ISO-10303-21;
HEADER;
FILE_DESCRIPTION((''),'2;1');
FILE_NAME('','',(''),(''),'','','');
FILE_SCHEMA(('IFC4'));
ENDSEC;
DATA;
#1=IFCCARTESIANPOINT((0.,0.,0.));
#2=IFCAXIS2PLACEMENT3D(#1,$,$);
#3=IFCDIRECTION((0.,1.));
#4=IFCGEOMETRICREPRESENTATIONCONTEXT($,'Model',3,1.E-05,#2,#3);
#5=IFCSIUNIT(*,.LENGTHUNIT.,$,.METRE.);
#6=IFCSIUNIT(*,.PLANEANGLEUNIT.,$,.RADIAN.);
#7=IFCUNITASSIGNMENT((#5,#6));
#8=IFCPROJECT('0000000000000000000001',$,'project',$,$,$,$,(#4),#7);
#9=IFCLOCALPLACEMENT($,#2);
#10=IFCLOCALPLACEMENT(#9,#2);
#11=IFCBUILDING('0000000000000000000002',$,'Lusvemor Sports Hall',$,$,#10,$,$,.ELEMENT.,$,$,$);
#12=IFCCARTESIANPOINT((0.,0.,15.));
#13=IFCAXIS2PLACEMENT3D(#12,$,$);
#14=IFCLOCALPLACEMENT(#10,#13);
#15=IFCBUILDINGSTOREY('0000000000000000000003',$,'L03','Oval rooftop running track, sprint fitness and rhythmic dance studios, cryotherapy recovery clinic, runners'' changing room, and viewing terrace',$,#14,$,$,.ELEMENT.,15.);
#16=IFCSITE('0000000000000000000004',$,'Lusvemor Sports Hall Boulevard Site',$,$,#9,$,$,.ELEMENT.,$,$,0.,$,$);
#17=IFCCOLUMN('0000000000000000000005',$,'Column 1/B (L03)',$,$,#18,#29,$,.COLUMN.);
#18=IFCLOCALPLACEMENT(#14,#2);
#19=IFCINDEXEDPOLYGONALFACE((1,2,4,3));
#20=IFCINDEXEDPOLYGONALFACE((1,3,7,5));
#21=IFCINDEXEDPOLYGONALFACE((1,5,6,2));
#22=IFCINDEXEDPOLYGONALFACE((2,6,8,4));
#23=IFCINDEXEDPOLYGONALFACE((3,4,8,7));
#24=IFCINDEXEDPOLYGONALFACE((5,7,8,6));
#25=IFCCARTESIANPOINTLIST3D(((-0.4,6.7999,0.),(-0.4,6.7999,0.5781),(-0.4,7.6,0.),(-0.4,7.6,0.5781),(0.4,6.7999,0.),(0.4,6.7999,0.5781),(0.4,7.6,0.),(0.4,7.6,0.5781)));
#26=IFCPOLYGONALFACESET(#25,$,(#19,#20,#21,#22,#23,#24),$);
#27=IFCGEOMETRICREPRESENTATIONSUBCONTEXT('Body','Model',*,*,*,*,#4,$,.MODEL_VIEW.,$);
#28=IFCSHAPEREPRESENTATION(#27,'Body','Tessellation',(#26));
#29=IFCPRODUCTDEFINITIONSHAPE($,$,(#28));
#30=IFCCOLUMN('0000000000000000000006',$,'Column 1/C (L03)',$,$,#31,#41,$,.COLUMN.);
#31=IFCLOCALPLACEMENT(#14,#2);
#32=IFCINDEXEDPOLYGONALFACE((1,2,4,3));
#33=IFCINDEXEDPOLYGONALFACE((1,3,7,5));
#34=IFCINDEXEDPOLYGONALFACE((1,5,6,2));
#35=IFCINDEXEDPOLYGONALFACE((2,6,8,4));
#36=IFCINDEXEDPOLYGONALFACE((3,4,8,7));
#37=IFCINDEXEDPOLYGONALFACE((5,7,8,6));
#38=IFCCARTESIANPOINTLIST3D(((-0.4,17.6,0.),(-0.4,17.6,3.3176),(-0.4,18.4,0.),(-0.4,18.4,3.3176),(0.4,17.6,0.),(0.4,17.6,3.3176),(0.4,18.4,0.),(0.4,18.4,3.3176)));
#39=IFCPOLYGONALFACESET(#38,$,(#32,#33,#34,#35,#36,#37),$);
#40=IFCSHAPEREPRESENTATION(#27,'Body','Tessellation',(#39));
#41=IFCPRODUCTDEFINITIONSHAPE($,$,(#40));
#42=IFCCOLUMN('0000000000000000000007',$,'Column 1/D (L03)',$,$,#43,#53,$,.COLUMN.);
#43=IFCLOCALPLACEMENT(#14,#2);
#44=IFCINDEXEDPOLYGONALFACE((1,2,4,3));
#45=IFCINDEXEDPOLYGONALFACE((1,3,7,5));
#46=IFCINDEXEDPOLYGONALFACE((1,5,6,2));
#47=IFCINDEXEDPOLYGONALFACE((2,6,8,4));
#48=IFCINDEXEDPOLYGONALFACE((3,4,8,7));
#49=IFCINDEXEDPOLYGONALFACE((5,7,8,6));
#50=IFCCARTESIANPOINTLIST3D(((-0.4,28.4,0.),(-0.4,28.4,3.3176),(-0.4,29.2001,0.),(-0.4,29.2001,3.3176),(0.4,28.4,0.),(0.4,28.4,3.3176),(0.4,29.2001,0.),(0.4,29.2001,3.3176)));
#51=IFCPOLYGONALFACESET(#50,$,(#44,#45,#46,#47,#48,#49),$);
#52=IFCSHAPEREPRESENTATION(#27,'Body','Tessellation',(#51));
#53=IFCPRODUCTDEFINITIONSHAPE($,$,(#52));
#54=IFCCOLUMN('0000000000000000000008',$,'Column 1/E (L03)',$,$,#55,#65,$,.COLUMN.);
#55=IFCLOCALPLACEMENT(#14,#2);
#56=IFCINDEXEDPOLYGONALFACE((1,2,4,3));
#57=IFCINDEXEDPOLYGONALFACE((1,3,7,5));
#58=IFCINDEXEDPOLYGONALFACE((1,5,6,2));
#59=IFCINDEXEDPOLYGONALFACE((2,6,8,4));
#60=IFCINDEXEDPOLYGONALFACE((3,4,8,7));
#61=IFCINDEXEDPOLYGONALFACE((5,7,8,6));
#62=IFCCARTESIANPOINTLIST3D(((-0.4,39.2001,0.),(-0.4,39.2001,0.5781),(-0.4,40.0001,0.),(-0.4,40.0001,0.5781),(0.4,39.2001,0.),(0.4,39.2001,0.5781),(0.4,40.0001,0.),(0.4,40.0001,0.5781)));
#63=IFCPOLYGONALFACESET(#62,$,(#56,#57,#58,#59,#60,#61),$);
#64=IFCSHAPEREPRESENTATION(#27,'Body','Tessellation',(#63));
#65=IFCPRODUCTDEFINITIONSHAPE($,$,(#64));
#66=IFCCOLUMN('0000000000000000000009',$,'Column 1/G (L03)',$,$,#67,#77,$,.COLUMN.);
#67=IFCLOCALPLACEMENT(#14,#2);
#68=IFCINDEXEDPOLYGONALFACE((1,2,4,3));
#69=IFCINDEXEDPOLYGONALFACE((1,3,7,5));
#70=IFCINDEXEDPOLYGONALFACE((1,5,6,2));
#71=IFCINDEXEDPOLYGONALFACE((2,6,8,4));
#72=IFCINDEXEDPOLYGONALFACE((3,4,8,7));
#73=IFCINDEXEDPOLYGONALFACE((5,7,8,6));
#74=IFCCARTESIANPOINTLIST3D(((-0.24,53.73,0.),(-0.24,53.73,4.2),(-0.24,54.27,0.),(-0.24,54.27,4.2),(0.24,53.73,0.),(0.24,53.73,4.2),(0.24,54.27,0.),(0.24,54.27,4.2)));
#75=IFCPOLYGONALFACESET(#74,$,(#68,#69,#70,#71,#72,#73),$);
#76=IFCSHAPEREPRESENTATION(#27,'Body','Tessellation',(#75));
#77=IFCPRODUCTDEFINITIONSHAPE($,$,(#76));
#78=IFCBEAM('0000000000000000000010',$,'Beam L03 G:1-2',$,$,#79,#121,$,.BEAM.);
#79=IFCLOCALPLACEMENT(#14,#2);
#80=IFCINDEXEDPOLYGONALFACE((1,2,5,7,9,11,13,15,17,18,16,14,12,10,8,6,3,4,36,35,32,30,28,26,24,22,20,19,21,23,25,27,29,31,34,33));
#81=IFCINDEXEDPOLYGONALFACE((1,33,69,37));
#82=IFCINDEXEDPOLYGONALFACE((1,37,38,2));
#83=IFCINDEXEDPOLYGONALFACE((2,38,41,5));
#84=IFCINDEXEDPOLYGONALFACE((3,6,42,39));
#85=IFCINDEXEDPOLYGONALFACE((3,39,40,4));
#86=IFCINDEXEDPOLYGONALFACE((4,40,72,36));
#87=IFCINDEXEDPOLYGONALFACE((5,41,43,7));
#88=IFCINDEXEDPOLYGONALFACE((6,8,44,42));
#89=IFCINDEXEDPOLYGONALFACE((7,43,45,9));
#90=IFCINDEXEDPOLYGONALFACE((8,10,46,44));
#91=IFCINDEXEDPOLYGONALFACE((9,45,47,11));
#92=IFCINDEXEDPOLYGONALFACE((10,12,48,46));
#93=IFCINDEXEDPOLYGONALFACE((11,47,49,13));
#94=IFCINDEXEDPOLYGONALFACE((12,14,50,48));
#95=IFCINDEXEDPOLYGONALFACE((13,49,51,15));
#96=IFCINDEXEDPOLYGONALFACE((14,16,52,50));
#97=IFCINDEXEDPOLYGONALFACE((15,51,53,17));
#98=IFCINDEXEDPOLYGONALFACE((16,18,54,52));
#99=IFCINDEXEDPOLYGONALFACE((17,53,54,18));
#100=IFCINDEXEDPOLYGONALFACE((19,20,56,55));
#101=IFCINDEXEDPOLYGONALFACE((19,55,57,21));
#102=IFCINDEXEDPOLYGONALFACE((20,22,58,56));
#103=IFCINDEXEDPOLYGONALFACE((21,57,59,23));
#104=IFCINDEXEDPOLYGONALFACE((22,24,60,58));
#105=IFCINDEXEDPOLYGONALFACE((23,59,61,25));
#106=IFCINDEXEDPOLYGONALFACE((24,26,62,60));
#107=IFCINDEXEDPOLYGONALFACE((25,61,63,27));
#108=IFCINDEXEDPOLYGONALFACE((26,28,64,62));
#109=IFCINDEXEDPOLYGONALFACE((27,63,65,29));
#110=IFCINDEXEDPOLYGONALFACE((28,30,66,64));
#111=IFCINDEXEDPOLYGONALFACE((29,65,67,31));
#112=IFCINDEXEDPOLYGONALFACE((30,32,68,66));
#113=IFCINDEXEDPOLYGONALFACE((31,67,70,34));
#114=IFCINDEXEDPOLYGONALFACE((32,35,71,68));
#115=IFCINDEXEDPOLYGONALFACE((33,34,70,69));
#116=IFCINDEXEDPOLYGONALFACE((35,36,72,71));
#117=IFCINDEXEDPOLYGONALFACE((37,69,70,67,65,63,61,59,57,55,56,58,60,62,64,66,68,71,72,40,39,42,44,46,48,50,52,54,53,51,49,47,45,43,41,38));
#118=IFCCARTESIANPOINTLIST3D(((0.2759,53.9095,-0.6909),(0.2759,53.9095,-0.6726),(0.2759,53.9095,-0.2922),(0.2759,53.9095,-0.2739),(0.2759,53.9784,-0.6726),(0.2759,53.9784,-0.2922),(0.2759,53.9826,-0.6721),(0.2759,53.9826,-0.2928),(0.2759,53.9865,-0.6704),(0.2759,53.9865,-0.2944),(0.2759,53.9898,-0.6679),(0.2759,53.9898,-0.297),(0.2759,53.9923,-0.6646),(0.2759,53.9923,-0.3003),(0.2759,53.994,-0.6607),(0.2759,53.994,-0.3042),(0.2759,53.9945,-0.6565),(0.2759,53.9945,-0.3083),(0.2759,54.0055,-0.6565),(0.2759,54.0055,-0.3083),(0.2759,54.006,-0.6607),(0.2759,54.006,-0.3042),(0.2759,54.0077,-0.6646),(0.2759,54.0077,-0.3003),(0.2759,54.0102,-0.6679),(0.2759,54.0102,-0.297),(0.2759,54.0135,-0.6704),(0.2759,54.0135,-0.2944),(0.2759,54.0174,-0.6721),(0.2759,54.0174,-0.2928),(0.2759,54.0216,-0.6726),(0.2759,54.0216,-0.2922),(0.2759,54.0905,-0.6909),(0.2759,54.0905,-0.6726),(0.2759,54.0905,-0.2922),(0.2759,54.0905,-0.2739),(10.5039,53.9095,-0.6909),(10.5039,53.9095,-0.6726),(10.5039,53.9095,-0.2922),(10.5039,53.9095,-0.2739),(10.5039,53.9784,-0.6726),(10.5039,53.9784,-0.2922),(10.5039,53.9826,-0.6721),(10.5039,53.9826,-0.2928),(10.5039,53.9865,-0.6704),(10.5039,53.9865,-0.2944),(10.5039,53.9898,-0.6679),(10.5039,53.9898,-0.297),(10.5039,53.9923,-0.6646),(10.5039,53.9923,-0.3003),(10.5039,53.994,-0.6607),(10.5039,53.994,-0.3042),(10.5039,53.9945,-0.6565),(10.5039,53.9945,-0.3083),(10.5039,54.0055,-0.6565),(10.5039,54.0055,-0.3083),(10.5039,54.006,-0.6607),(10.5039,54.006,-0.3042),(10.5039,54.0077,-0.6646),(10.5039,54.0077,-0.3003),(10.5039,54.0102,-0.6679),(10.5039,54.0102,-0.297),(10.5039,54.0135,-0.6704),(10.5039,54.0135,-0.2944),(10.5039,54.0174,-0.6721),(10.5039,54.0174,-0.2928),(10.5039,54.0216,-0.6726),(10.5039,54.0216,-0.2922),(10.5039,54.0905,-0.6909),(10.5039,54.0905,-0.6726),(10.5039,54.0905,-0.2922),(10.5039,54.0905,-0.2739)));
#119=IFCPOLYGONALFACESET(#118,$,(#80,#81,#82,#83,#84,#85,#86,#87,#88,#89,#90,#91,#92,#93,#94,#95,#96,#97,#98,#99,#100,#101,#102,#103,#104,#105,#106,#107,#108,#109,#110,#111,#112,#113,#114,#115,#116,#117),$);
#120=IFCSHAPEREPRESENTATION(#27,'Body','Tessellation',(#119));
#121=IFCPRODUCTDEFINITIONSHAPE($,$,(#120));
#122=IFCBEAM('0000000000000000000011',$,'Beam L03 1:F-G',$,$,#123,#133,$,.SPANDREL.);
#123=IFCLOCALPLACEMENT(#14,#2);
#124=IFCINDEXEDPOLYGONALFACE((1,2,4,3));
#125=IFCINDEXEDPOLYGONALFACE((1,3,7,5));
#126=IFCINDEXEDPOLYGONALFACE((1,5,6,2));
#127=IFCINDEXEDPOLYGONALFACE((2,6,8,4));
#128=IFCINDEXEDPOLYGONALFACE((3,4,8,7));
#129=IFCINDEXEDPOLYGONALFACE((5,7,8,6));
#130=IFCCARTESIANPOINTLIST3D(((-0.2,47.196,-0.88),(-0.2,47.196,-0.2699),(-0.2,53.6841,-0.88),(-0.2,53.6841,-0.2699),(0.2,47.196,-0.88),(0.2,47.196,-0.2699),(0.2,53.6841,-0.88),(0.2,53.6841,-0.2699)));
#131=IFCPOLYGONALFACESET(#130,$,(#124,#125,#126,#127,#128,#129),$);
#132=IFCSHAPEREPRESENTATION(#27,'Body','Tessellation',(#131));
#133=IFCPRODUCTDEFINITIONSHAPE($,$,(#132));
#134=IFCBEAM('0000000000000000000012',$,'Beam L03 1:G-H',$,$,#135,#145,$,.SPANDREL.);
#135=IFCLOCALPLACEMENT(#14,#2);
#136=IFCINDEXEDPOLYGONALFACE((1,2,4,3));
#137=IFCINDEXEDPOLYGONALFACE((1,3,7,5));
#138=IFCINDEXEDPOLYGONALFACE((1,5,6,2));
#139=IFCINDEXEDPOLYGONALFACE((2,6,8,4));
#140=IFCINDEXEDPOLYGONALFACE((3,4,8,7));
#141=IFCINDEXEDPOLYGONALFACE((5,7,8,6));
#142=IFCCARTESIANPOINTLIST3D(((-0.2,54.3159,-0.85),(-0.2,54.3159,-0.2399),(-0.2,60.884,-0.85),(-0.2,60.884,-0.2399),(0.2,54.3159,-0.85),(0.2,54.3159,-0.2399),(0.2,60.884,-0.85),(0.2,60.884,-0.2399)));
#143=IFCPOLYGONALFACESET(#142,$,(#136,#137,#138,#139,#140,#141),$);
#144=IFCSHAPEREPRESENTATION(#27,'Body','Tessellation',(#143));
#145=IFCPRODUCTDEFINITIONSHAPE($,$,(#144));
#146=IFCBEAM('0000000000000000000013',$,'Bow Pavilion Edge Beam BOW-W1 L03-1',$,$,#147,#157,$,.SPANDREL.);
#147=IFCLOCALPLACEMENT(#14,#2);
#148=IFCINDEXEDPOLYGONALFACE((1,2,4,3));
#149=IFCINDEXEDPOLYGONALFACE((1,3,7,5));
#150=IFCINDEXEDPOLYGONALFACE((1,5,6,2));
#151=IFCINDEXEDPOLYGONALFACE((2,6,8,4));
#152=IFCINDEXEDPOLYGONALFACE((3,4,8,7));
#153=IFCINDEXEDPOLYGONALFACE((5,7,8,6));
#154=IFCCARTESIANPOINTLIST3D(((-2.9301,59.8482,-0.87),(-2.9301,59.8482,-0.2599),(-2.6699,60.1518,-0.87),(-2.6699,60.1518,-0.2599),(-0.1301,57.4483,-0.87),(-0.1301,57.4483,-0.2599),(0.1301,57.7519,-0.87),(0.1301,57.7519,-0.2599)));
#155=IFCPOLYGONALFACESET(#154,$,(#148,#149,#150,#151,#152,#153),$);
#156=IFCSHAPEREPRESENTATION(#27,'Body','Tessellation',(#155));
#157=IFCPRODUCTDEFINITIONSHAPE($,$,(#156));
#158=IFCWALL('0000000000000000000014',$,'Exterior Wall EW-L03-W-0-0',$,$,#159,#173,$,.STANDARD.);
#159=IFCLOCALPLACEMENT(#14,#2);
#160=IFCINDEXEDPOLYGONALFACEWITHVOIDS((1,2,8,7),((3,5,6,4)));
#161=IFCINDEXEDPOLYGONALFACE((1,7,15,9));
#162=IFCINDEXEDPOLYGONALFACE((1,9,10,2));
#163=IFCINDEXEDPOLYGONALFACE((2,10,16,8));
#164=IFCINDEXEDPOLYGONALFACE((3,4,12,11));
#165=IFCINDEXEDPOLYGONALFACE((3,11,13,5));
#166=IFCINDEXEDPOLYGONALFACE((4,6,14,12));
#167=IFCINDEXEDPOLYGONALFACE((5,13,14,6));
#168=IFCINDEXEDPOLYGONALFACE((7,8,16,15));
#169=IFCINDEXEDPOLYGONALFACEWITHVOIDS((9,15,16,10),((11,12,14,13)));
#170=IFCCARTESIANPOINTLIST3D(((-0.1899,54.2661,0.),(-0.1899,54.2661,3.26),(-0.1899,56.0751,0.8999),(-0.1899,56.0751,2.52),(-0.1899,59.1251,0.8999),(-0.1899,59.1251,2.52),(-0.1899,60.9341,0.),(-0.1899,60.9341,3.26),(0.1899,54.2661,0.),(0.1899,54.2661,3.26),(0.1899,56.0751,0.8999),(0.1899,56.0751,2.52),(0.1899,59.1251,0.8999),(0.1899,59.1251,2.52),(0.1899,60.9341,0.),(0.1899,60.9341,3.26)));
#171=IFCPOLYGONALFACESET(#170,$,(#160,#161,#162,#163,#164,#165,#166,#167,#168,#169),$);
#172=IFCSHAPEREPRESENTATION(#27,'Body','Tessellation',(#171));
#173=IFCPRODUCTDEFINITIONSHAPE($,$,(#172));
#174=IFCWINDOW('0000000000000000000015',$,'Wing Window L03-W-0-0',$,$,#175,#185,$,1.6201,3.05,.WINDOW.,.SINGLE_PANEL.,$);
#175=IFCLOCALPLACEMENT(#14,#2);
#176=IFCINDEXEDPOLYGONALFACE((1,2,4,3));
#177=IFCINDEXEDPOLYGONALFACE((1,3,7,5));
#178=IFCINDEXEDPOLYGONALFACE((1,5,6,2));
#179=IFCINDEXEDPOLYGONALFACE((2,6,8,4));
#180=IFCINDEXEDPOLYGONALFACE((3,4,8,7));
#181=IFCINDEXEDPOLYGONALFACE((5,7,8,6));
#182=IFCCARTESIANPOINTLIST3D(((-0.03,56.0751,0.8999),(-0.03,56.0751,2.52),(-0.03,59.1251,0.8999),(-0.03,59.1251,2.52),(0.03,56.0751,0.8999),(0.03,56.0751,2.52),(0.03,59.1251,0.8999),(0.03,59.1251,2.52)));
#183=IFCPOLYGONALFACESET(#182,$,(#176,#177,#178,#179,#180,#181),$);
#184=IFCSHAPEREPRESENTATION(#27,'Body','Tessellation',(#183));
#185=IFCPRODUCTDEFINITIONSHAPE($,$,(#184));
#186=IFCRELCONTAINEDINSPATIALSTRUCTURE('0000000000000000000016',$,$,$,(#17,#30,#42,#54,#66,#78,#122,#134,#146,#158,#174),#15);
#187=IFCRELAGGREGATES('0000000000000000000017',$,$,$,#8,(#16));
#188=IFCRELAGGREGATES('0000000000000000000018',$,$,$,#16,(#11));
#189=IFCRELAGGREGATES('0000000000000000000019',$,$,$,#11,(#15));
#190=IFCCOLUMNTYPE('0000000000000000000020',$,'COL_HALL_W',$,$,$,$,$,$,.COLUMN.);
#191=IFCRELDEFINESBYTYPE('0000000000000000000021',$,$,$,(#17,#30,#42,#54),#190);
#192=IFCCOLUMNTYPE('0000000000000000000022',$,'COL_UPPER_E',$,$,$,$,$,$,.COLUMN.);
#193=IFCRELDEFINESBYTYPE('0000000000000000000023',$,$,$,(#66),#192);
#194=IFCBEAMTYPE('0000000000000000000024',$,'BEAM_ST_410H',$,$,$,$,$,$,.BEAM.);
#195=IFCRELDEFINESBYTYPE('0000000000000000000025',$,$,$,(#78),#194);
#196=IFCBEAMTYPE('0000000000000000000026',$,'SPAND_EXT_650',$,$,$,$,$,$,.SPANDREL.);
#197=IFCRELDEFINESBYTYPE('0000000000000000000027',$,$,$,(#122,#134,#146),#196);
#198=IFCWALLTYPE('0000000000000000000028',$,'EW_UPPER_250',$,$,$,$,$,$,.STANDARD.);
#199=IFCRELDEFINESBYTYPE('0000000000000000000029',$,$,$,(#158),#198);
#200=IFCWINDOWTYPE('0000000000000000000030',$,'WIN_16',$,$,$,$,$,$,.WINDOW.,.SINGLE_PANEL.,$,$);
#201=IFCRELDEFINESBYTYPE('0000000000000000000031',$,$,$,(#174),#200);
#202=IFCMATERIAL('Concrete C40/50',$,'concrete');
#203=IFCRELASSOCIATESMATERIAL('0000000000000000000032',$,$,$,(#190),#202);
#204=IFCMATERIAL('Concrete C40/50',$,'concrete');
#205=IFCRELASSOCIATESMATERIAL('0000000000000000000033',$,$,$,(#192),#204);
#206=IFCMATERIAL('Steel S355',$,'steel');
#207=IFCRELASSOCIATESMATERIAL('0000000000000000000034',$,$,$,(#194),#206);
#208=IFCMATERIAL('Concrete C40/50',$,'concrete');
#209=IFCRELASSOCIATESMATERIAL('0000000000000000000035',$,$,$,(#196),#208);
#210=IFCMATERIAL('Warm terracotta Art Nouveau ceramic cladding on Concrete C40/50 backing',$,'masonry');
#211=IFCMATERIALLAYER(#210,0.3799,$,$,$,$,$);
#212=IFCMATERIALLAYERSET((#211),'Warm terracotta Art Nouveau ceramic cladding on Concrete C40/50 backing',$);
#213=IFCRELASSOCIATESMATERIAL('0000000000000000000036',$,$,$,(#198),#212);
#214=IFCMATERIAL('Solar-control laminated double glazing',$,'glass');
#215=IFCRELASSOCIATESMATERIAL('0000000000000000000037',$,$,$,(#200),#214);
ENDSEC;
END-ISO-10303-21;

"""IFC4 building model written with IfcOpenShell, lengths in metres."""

from ifc_helpers import new_model, si_unit, direction, frame, frame_2d, origin, origin_2d, place, context, subcontext, project, spatial, rectangle, i_section, extrude, material, layer, layer_set, material_profile, profile_set, type_object, element, fill, save


model = new_model("IFC4")

# Units and contexts
model_context = context("Model", 3, precision=1e-05, world=origin(), true_north=direction((0.0, 1.0)))
body_context = subcontext(model_context, "Body", "Model", "MODEL_VIEW")
ifc_project = project(units=[si_unit("LENGTHUNIT", "METRE"), si_unit("PLANEANGLEUNIT", "RADIAN")], contexts=[model_context])

# Site, building, storey
site_placement = place(None, origin())
site = spatial("IfcSite", under=ifc_project, at=site_placement, Name="Lusvemor Sports Hall Boulevard Site", CompositionType="ELEMENT", RefElevation=0.0)
building_placement = place(site_placement, origin())
building = spatial("IfcBuilding", under=site, at=building_placement, Name="Lusvemor Sports Hall", CompositionType="ELEMENT")
storey_placement = place(building_placement, frame((0.0, 0.0, 15.0)))
storey = spatial("IfcBuildingStorey", under=building, at=storey_placement, Name="L03", Description="Oval rooftop running track, sprint fitness and rhythmic dance studios, cryotherapy recovery clinic, runners' changing room, and viewing terrace", CompositionType="ELEMENT", Elevation=15.0)

# Columns
ifc_material_1 = material(Name="Concrete C40/50", Category="concrete")
ifc_material_profile_1 = material_profile(ifc_material_1, rectangle(XDim=0.8, YDim=0.8, at=origin_2d()), Name="RC800x800")
ifc_profile_set_1 = profile_set([ifc_material_profile_1], Name="Concrete C40/50")
column_type_1 = type_object("IfcColumnType", Name="COL_HALL_W", PredefinedType="COLUMN", material=ifc_profile_set_1)
column_1_placement = place(storey_placement, frame((0.0, 7.2, 0.0), z_axis=(0.0, 0.0, 1.0), x_axis=(1.0, 0.0, 0.0)))
element("IfcColumn", 1, at=column_1_placement, inside=storey, type_object=column_type_1, Name="Column 1/B (L03)", PredefinedType="COLUMN", context=body_context, shape_type="SweptSolid", body=[
    extrude(rectangle(XDim=0.8, YDim=0.8, at=origin_2d()), origin(), (0.0, 0.0, 1.0), 0.5781),
])
for number, where, z_axis, x_axis, name in (
    (2, (0.0, 18.0, 0.0), (0.0, 0.0, 1.0), (1.0, 0.0, 0.0), "Column 1/C (L03)"),
    (3, (0.0, 28.8, 0.0), (0.0, 0.0, 1.0), (1.0, 0.0, 0.0), "Column 1/D (L03)"),
):
    element("IfcColumn", number, at=place(storey_placement, frame(where, z_axis=z_axis, x_axis=x_axis)), inside=storey, type_object=column_type_1, Name=name, PredefinedType="COLUMN", context=body_context, shape_type="SweptSolid", body=[
        extrude(rectangle(XDim=0.8, YDim=0.8, at=origin_2d()), origin(), (0.0, 0.0, 1.0), 3.3176),
    ])
column_2_placement = place(storey_placement, frame((0.0, 39.6001, 0.0), z_axis=(0.0, 0.0, 1.0), x_axis=(1.0, 0.0, 0.0)))
element("IfcColumn", 4, at=column_2_placement, inside=storey, type_object=column_type_1, Name="Column 1/E (L03)", PredefinedType="COLUMN", context=body_context, shape_type="SweptSolid", body=[
    extrude(rectangle(XDim=0.8, YDim=0.8, at=origin_2d()), origin(), (0.0, 0.0, 1.0), 0.5781),
])
ifc_material_2 = material(Name="Concrete C40/50", Category="concrete")
ifc_material_profile_2 = material_profile(ifc_material_2, rectangle(XDim=0.48, YDim=0.54, at=origin_2d()), Name="RC480x540")
ifc_profile_set_2 = profile_set([ifc_material_profile_2], Name="Concrete C40/50")
column_type_2 = type_object("IfcColumnType", Name="COL_UPPER_E", PredefinedType="COLUMN", material=ifc_profile_set_2)
column_3_placement = place(storey_placement, frame((0.0, 54.0, 0.0), z_axis=(0.0, 0.0, 1.0), x_axis=(1.0, 0.0, 0.0)))
element("IfcColumn", 5, at=column_3_placement, inside=storey, type_object=column_type_2, Name="Column 1/G (L03)", PredefinedType="COLUMN", context=body_context, shape_type="SweptSolid", body=[
    extrude(rectangle(XDim=0.48, YDim=0.54, at=origin_2d()), origin(), (0.0, 0.0, 1.0), 4.2),
])

# Beams
ifc_material_3 = material(Name="Steel S355", Category="steel")
ifc_material_profile_3 = material_profile(ifc_material_3, i_section(OverallWidth=0.1809, OverallDepth=0.417, WebThickness=0.011, FlangeThickness=0.0183, FilletRadius=0.0161, at=origin_2d()), Name="W410x85.0")
ifc_profile_set_3 = profile_set([ifc_material_profile_3], Name="Steel S355")
beam_type_1 = type_object("IfcBeamType", Name="BEAM_ST_410H", PredefinedType="BEAM", material=ifc_profile_set_3)
beam_1_placement = place(storey_placement, frame((0.2759, 54.0, -0.4824), z_axis=(1.0, 0.0, 0.0), x_axis=(0.0, 1.0, 0.0)))
element("IfcBeam", 6, at=beam_1_placement, inside=storey, type_object=beam_type_1, Name="Beam L03 G:1-2", PredefinedType="BEAM", context=body_context, shape_type="SweptSolid", body=[
    extrude(i_section(OverallWidth=0.1809, OverallDepth=0.417, WebThickness=0.011, FlangeThickness=0.0183, FilletRadius=0.0161, at=origin_2d()), origin(), (0.0, 0.0, 1.0), 10.228),
])
ifc_material_4 = material(Name="Concrete C40/50", Category="concrete")
ifc_material_profile_4 = material_profile(ifc_material_4, rectangle(XDim=0.3999, YDim=0.6101, at=origin_2d()), Name="RC400x610")
ifc_profile_set_4 = profile_set([ifc_material_profile_4], Name="Concrete C40/50")
beam_type_2 = type_object("IfcBeamType", Name="SPAND_EXT_650", PredefinedType="SPANDREL", material=ifc_profile_set_4)
beam_2_placement = place(storey_placement, frame((0.0, 47.196, -0.575), z_axis=(0.0, 1.0, 0.0), x_axis=(-1.0, 0.0, 0.0)))
element("IfcBeam", 7, at=beam_2_placement, inside=storey, type_object=beam_type_2, Name="Beam L03 1:F-G", PredefinedType="SPANDREL", context=body_context, shape_type="SweptSolid", body=[
    extrude(rectangle(XDim=0.3999, YDim=0.6101, at=origin_2d()), origin(), (0.0, 0.0, 1.0), 6.488),
])
beam_3_placement = place(storey_placement, frame((0.0, 54.3159, -0.5449), z_axis=(0.0, 1.0, 0.0), x_axis=(-1.0, 0.0, 0.0)))
element("IfcBeam", 8, at=beam_3_placement, inside=storey, type_object=beam_type_2, Name="Beam L03 1:G-H", PredefinedType="SPANDREL", context=body_context, shape_type="SweptSolid", body=[
    extrude(rectangle(XDim=0.3999, YDim=0.6101, at=origin_2d()), origin(), (0.0, 0.0, 1.0), 6.5681),
])
beam_4_placement = place(storey_placement, frame((0.0, 57.6001, -0.5649), z_axis=(-0.759275, 0.65077, 0.0), x_axis=(-0.65077, -0.759275, 0.0)))
element("IfcBeam", 9, at=beam_4_placement, inside=storey, type_object=beam_type_2, Name="Bow Pavilion Edge Beam BOW-W1 L03-1", PredefinedType="SPANDREL", context=body_context, shape_type="SweptSolid", body=[
    extrude(rectangle(XDim=0.3999, YDim=0.6101, at=origin_2d()), origin(), (0.0, 0.0, 1.0), 3.6877),
])

# Wall, opening, window
ifc_material_5 = material(Name="Warm terracotta Art Nouveau ceramic cladding on Concrete C40/50 backing", Category="masonry")
ifc_layer_1 = layer(ifc_material_5, 0.3799)
ifc_layer_set_1 = layer_set([ifc_layer_1], Name="Warm terracotta Art Nouveau ceramic cladding on Concrete C40/50 backing")
wall_type_1 = type_object("IfcWallType", Name="EW_UPPER_250", PredefinedType="STANDARD", material=ifc_layer_set_1)
wall_1_placement = place(storey_placement, frame((0.0, 54.2661, 0.0), z_axis=(0.0, 0.0, 1.0), x_axis=(0.0, 1.0, 0.0)))
wall_1 = element("IfcWall", 10, at=wall_1_placement, inside=storey, type_object=wall_type_1, Name="Exterior Wall EW-L03-W-0-0", PredefinedType="STANDARD", context=body_context, shape_type="SweptSolid", body=[
    extrude(rectangle(XDim=6.668, YDim=0.3799, at=frame_2d((3.334, 0.0))), origin(), (0.0, 0.0, 1.0), 3.26),
])
opening_1_placement = place(wall_1_placement, frame((1.8091, 0.0, 0.8999)))
opening_1 = element("IfcOpeningElement", 11, at=opening_1_placement, cuts=wall_1, PredefinedType="OPENING", context=body_context, shape_type="SweptSolid", body=[
    extrude(rectangle(XDim=3.05, YDim=1.6201, at=frame_2d((1.5249, 0.8101))), frame((0.0, 0.1899, 0.0), z_axis=(0.0, -1.0, 0.0), x_axis=(1.0, 0.0, 0.0)), (0.0, 0.0, 1.0), 0.3799),
])
ifc_material_6 = material(Name="Solar-control laminated double glazing", Category="glass")
window_type_1 = type_object("IfcWindowType", Name="WIN_16", PartitioningType="SINGLE_PANEL", PredefinedType="WINDOW", material=ifc_material_6)
window_1_placement = place(opening_1_placement, origin())
window_1 = element("IfcWindow", 12, at=window_1_placement, inside=storey, type_object=window_type_1, Name="Wing Window L03-W-0-0", OverallHeight=1.6201, OverallWidth=3.05, PartitioningType="SINGLE_PANEL", PredefinedType="WINDOW", context=body_context, shape_type="SweptSolid", body=[
    extrude(rectangle(XDim=3.05, YDim=1.6201, at=frame_2d((1.5249, 0.8101))), frame((0.0, 0.03, 0.0), z_axis=(0.0, -1.0, 0.0), x_axis=(1.0, 0.0, 0.0)), (0.0, 0.0, 1.0), 0.0601),
])
fill(opening_1, window_1)

save(model, "model.ifc")
